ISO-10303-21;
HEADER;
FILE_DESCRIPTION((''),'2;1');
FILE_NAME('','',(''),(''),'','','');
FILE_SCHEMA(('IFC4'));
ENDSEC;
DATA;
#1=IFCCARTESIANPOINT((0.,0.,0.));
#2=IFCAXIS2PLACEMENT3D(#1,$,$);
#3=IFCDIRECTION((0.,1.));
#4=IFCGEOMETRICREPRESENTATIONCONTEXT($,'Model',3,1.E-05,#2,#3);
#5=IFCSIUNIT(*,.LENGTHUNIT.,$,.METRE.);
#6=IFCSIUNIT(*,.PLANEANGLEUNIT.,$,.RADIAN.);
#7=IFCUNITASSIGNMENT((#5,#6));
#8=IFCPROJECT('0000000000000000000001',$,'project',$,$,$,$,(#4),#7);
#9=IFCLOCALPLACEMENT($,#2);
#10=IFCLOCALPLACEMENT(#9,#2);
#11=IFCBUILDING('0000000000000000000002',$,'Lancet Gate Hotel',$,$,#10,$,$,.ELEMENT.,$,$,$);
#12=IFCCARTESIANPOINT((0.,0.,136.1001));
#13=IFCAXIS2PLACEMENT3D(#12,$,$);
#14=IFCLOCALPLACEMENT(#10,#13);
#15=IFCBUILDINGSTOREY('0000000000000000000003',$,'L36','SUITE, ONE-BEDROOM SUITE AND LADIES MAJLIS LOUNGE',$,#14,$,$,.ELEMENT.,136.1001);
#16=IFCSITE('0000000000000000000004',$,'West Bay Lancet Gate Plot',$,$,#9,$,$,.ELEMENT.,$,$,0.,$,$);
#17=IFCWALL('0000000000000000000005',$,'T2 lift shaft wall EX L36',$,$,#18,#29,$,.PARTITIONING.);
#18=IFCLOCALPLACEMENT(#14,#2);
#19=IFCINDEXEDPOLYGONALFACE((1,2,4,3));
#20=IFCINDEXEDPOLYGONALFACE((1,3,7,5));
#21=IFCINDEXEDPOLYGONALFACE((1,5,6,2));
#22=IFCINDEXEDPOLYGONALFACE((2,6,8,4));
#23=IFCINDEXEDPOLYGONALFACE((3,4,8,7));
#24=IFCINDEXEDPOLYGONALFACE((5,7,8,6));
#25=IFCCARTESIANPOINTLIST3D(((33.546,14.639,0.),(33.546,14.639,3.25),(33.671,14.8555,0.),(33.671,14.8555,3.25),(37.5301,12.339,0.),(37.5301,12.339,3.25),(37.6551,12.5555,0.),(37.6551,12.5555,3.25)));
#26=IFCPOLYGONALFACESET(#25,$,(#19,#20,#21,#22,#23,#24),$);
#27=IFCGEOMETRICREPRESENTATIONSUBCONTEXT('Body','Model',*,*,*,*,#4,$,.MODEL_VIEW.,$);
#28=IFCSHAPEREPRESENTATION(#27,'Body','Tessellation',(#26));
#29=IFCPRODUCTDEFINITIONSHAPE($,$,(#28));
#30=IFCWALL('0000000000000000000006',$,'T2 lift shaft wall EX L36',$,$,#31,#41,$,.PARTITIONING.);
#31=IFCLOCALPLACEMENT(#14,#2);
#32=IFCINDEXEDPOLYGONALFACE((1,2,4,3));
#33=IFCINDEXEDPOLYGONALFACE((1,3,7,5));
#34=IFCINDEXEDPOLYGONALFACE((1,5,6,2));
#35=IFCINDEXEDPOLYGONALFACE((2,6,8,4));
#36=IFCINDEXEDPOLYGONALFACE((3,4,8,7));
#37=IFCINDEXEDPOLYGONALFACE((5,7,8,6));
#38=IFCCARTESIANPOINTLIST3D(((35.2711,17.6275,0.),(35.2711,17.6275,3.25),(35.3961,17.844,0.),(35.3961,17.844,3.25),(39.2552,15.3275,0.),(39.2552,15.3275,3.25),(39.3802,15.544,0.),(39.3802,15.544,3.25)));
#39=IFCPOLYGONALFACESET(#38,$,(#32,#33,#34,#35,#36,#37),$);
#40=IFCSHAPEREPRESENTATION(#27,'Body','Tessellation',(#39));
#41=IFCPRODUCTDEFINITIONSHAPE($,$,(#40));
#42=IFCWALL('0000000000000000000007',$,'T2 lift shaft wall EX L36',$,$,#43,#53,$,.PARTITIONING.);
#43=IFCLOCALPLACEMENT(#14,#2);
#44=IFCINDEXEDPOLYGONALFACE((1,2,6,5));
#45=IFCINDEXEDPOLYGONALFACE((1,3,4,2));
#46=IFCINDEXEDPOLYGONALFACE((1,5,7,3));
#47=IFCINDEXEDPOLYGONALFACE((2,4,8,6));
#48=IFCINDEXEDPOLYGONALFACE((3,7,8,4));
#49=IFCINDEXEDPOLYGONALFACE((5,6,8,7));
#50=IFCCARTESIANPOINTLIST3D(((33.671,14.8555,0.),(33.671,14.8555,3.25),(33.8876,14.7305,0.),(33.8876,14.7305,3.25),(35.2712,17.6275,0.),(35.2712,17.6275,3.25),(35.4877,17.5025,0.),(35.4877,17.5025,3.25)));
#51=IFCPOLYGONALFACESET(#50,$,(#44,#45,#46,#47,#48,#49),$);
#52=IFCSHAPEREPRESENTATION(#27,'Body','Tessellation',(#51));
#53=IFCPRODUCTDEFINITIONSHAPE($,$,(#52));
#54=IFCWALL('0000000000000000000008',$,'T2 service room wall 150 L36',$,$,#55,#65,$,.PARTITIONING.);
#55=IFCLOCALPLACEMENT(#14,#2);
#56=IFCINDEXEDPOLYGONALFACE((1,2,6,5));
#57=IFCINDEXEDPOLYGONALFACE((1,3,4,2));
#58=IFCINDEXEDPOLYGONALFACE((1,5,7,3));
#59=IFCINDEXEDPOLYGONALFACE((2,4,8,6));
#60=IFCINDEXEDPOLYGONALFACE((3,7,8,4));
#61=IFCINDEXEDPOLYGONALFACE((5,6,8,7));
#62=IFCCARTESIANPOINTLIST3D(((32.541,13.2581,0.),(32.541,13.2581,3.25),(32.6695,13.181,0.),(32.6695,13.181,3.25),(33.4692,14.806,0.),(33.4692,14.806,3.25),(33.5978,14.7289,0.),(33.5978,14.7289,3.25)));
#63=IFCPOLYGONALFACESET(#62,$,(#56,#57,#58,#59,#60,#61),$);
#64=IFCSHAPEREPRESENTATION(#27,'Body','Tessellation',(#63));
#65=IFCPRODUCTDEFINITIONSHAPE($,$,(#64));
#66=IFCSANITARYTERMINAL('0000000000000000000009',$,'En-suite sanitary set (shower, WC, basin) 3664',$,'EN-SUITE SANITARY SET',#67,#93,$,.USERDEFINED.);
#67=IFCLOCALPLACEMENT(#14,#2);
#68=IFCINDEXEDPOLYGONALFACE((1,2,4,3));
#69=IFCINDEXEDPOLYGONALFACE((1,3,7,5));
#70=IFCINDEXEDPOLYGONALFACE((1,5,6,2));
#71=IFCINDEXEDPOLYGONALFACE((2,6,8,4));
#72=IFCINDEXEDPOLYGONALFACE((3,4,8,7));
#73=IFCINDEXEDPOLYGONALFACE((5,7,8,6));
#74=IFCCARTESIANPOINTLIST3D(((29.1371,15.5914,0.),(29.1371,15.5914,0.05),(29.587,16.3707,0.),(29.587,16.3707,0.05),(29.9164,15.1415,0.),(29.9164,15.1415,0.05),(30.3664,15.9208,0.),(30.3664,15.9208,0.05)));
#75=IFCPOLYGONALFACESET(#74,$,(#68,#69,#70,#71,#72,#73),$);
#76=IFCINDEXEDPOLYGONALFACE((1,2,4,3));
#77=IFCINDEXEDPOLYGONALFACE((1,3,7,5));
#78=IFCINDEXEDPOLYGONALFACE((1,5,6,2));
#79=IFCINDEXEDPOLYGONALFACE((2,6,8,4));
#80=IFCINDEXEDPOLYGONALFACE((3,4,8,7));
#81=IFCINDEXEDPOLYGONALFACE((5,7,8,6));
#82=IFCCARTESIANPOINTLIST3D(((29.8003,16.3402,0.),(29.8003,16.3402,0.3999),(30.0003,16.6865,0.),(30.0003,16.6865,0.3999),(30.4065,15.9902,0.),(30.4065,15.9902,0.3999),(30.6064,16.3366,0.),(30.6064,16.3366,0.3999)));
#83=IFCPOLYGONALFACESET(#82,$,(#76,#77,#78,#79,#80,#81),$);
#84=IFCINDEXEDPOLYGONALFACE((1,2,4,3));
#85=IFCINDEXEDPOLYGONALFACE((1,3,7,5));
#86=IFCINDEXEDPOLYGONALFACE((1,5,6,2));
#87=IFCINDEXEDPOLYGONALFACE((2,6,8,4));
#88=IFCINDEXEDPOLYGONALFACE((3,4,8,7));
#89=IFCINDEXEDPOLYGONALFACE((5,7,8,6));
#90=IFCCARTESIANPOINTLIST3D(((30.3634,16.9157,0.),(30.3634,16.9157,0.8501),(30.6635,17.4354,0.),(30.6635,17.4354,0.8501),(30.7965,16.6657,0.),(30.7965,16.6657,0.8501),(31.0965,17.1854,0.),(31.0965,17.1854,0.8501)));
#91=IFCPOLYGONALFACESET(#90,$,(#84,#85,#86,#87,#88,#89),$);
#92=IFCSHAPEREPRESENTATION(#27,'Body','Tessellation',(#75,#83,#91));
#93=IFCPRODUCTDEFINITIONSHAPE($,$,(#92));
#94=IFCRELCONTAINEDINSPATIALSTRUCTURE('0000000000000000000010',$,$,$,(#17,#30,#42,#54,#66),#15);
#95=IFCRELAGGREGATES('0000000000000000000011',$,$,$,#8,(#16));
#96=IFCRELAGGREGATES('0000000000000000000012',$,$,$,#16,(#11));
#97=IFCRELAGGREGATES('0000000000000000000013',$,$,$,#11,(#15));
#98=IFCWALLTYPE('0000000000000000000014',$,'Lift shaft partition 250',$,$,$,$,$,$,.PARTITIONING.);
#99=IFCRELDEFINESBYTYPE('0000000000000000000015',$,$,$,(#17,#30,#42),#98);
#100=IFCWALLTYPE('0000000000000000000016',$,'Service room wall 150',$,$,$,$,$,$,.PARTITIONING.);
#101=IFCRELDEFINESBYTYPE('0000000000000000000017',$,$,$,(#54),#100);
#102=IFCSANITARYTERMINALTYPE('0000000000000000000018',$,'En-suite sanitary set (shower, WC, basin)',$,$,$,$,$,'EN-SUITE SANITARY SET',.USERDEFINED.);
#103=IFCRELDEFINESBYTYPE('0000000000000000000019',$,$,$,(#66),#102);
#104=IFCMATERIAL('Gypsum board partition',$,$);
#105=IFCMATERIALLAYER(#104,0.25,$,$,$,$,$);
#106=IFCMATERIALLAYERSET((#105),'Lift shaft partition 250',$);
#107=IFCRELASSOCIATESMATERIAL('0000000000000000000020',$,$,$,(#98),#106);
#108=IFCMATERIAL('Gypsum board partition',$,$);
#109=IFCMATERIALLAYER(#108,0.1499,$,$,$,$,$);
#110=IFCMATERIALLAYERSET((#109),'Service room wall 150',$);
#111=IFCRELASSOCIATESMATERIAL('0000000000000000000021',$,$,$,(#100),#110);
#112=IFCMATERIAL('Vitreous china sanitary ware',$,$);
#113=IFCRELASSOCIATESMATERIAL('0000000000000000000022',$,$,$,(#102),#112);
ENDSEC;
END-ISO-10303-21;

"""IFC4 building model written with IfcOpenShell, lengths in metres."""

from ifc_helpers import new_model, si_unit, direction, frame, frame_2d, origin, origin_2d, place, context, subcontext, project, spatial, rectangle, extrude, material, layer, layer_set, type_object, element, save


model = new_model("IFC4")

# Units and contexts
model_context = context("Model", 3, precision=1e-05, world=origin(), true_north=direction((0.0, 1.0)))
body_context = subcontext(model_context, "Body", "Model", "MODEL_VIEW")
ifc_project = project(units=[si_unit("LENGTHUNIT", "METRE"), si_unit("PLANEANGLEUNIT", "RADIAN")], contexts=[model_context])

# Site, building, storey
site_placement = place(None, origin())
site = spatial("IfcSite", under=ifc_project, at=site_placement, Name="West Bay Lancet Gate Plot", CompositionType="ELEMENT", RefElevation=0.0)
building_placement = place(site_placement, origin())
building = spatial("IfcBuilding", under=site, at=building_placement, Name="Lancet Gate Hotel", CompositionType="ELEMENT")
storey_placement = place(building_placement, frame((0.0, 0.0, 136.1001)))
storey = spatial("IfcBuildingStorey", under=building, at=storey_placement, Name="L36", Description="SUITE, ONE-BEDROOM SUITE AND LADIES MAJLIS LOUNGE", CompositionType="ELEMENT", Elevation=136.1001)

# Walls
ifc_material_1 = material(Name="Gypsum board partition")
ifc_layer_1 = layer(ifc_material_1, 0.25)
ifc_layer_set_1 = layer_set([ifc_layer_1], Name="Lift shaft partition 250")
wall_type_1 = type_object("IfcWallType", Name="Lift shaft partition 250", PredefinedType="PARTITIONING", material=ifc_layer_set_1)
for number, where, z_axis, x_axis, name in (
    (1, (33.6084, 14.7473, 0.0), (0.0, 0.0, 1.0), (0.866043, -0.499969, 0.0), "T2 lift shaft wall EX L36"),
    (2, (35.3335, 17.7358, 0.0), (0.0, 0.0, 1.0), (0.866043, -0.499969, 0.0), "T2 lift shaft wall EX L36"),
):
    element("IfcWall", number, at=place(storey_placement, frame(where, z_axis=z_axis, x_axis=x_axis)), inside=storey, type_object=wall_type_1, Name=name, PredefinedType="PARTITIONING", context=body_context, shape_type="SweptSolid", body=[
        extrude(rectangle(XDim=4.6003, YDim=0.25, at=frame_2d((2.3003, 0.0))), origin(), (0.0, 0.0, 1.0), 3.25),
    ])
wall_1_placement = place(storey_placement, frame((33.7793, 14.793, 0.0), z_axis=(0.0, 0.0, 1.0), x_axis=(0.499929, 0.866066, 0.0)))
element("IfcWall", 3, at=wall_1_placement, inside=storey, type_object=wall_type_1, Name="T2 lift shaft wall EX L36", PredefinedType="PARTITIONING", context=body_context, shape_type="SweptSolid", body=[
    extrude(rectangle(XDim=3.2007, YDim=0.25, at=frame_2d((1.6003, 0.0))), origin(), (0.0, 0.0, 1.0), 3.25),
])
ifc_material_2 = material(Name="Gypsum board partition")
ifc_layer_2 = layer(ifc_material_2, 0.1499)
ifc_layer_set_2 = layer_set([ifc_layer_2], Name="Service room wall 150")
wall_type_2 = type_object("IfcWallType", Name="Service room wall 150", PredefinedType="PARTITIONING", material=ifc_layer_set_2)
wall_2_placement = place(storey_placement, frame((33.5334, 14.7673, 0.0), z_axis=(0.0, 0.0, 1.0), x_axis=(-0.514297, -0.857612, 0.0)))
element("IfcWall", 4, at=wall_2_placement, inside=storey, type_object=wall_type_2, Name="T2 service room wall 150 L36", PredefinedType="PARTITIONING", context=body_context, shape_type="SweptSolid", body=[
    extrude(rectangle(XDim=1.8049, YDim=0.1499, at=frame_2d((0.9023, 0.0))), origin(), (0.0, 0.0, 1.0), 3.25),
])

# Sanitary terminal
ifc_material_3 = material(Name="Vitreous china sanitary ware")
sanitary_terminal_type = type_object("IfcSanitaryTerminalType", Name="En-suite sanitary set (shower, WC, basin)", ElementType="EN-SUITE SANITARY SET", PredefinedType="USERDEFINED", material=ifc_material_3)
sanitary_terminal_placement = place(storey_placement, frame((29.7517, 15.7561, 0.0), z_axis=(0.0, 0.0, 1.0), x_axis=(1.0, 0.0, 0.0)))
element("IfcSanitaryTerminal", 5, at=sanitary_terminal_placement, inside=storey, type_object=sanitary_terminal_type, Name="En-suite sanitary set (shower, WC, basin) 3664", ObjectType="EN-SUITE SANITARY SET", PredefinedType="USERDEFINED", context=body_context, shape_type="SweptSolid", body=[
    extrude(rectangle(XDim=0.8999, YDim=0.8999, at=origin_2d()), frame((0.0, 0.0, 0.0), z_axis=(0.0, 0.0, 1.0), x_axis=(-0.5, -0.866025, 0.0)), (0.0, 0.0, 1.0), 0.05),
    extrude(rectangle(XDim=0.3999, YDim=0.7, at=origin_2d()), frame((0.4517, 0.5823, 0.0), z_axis=(0.0, 0.0, 1.0), x_axis=(-0.5, -0.866025, 0.0)), (0.0, 0.0, 1.0), 0.3999),
    extrude(rectangle(XDim=0.6001, YDim=0.5, at=origin_2d()), frame((0.9783, 1.2944, 0.0), z_axis=(0.0, 0.0, 1.0), x_axis=(-0.5, -0.866025, 0.0)), (0.0, 0.0, 1.0), 0.8501),
])

save(model, "model.ifc")
